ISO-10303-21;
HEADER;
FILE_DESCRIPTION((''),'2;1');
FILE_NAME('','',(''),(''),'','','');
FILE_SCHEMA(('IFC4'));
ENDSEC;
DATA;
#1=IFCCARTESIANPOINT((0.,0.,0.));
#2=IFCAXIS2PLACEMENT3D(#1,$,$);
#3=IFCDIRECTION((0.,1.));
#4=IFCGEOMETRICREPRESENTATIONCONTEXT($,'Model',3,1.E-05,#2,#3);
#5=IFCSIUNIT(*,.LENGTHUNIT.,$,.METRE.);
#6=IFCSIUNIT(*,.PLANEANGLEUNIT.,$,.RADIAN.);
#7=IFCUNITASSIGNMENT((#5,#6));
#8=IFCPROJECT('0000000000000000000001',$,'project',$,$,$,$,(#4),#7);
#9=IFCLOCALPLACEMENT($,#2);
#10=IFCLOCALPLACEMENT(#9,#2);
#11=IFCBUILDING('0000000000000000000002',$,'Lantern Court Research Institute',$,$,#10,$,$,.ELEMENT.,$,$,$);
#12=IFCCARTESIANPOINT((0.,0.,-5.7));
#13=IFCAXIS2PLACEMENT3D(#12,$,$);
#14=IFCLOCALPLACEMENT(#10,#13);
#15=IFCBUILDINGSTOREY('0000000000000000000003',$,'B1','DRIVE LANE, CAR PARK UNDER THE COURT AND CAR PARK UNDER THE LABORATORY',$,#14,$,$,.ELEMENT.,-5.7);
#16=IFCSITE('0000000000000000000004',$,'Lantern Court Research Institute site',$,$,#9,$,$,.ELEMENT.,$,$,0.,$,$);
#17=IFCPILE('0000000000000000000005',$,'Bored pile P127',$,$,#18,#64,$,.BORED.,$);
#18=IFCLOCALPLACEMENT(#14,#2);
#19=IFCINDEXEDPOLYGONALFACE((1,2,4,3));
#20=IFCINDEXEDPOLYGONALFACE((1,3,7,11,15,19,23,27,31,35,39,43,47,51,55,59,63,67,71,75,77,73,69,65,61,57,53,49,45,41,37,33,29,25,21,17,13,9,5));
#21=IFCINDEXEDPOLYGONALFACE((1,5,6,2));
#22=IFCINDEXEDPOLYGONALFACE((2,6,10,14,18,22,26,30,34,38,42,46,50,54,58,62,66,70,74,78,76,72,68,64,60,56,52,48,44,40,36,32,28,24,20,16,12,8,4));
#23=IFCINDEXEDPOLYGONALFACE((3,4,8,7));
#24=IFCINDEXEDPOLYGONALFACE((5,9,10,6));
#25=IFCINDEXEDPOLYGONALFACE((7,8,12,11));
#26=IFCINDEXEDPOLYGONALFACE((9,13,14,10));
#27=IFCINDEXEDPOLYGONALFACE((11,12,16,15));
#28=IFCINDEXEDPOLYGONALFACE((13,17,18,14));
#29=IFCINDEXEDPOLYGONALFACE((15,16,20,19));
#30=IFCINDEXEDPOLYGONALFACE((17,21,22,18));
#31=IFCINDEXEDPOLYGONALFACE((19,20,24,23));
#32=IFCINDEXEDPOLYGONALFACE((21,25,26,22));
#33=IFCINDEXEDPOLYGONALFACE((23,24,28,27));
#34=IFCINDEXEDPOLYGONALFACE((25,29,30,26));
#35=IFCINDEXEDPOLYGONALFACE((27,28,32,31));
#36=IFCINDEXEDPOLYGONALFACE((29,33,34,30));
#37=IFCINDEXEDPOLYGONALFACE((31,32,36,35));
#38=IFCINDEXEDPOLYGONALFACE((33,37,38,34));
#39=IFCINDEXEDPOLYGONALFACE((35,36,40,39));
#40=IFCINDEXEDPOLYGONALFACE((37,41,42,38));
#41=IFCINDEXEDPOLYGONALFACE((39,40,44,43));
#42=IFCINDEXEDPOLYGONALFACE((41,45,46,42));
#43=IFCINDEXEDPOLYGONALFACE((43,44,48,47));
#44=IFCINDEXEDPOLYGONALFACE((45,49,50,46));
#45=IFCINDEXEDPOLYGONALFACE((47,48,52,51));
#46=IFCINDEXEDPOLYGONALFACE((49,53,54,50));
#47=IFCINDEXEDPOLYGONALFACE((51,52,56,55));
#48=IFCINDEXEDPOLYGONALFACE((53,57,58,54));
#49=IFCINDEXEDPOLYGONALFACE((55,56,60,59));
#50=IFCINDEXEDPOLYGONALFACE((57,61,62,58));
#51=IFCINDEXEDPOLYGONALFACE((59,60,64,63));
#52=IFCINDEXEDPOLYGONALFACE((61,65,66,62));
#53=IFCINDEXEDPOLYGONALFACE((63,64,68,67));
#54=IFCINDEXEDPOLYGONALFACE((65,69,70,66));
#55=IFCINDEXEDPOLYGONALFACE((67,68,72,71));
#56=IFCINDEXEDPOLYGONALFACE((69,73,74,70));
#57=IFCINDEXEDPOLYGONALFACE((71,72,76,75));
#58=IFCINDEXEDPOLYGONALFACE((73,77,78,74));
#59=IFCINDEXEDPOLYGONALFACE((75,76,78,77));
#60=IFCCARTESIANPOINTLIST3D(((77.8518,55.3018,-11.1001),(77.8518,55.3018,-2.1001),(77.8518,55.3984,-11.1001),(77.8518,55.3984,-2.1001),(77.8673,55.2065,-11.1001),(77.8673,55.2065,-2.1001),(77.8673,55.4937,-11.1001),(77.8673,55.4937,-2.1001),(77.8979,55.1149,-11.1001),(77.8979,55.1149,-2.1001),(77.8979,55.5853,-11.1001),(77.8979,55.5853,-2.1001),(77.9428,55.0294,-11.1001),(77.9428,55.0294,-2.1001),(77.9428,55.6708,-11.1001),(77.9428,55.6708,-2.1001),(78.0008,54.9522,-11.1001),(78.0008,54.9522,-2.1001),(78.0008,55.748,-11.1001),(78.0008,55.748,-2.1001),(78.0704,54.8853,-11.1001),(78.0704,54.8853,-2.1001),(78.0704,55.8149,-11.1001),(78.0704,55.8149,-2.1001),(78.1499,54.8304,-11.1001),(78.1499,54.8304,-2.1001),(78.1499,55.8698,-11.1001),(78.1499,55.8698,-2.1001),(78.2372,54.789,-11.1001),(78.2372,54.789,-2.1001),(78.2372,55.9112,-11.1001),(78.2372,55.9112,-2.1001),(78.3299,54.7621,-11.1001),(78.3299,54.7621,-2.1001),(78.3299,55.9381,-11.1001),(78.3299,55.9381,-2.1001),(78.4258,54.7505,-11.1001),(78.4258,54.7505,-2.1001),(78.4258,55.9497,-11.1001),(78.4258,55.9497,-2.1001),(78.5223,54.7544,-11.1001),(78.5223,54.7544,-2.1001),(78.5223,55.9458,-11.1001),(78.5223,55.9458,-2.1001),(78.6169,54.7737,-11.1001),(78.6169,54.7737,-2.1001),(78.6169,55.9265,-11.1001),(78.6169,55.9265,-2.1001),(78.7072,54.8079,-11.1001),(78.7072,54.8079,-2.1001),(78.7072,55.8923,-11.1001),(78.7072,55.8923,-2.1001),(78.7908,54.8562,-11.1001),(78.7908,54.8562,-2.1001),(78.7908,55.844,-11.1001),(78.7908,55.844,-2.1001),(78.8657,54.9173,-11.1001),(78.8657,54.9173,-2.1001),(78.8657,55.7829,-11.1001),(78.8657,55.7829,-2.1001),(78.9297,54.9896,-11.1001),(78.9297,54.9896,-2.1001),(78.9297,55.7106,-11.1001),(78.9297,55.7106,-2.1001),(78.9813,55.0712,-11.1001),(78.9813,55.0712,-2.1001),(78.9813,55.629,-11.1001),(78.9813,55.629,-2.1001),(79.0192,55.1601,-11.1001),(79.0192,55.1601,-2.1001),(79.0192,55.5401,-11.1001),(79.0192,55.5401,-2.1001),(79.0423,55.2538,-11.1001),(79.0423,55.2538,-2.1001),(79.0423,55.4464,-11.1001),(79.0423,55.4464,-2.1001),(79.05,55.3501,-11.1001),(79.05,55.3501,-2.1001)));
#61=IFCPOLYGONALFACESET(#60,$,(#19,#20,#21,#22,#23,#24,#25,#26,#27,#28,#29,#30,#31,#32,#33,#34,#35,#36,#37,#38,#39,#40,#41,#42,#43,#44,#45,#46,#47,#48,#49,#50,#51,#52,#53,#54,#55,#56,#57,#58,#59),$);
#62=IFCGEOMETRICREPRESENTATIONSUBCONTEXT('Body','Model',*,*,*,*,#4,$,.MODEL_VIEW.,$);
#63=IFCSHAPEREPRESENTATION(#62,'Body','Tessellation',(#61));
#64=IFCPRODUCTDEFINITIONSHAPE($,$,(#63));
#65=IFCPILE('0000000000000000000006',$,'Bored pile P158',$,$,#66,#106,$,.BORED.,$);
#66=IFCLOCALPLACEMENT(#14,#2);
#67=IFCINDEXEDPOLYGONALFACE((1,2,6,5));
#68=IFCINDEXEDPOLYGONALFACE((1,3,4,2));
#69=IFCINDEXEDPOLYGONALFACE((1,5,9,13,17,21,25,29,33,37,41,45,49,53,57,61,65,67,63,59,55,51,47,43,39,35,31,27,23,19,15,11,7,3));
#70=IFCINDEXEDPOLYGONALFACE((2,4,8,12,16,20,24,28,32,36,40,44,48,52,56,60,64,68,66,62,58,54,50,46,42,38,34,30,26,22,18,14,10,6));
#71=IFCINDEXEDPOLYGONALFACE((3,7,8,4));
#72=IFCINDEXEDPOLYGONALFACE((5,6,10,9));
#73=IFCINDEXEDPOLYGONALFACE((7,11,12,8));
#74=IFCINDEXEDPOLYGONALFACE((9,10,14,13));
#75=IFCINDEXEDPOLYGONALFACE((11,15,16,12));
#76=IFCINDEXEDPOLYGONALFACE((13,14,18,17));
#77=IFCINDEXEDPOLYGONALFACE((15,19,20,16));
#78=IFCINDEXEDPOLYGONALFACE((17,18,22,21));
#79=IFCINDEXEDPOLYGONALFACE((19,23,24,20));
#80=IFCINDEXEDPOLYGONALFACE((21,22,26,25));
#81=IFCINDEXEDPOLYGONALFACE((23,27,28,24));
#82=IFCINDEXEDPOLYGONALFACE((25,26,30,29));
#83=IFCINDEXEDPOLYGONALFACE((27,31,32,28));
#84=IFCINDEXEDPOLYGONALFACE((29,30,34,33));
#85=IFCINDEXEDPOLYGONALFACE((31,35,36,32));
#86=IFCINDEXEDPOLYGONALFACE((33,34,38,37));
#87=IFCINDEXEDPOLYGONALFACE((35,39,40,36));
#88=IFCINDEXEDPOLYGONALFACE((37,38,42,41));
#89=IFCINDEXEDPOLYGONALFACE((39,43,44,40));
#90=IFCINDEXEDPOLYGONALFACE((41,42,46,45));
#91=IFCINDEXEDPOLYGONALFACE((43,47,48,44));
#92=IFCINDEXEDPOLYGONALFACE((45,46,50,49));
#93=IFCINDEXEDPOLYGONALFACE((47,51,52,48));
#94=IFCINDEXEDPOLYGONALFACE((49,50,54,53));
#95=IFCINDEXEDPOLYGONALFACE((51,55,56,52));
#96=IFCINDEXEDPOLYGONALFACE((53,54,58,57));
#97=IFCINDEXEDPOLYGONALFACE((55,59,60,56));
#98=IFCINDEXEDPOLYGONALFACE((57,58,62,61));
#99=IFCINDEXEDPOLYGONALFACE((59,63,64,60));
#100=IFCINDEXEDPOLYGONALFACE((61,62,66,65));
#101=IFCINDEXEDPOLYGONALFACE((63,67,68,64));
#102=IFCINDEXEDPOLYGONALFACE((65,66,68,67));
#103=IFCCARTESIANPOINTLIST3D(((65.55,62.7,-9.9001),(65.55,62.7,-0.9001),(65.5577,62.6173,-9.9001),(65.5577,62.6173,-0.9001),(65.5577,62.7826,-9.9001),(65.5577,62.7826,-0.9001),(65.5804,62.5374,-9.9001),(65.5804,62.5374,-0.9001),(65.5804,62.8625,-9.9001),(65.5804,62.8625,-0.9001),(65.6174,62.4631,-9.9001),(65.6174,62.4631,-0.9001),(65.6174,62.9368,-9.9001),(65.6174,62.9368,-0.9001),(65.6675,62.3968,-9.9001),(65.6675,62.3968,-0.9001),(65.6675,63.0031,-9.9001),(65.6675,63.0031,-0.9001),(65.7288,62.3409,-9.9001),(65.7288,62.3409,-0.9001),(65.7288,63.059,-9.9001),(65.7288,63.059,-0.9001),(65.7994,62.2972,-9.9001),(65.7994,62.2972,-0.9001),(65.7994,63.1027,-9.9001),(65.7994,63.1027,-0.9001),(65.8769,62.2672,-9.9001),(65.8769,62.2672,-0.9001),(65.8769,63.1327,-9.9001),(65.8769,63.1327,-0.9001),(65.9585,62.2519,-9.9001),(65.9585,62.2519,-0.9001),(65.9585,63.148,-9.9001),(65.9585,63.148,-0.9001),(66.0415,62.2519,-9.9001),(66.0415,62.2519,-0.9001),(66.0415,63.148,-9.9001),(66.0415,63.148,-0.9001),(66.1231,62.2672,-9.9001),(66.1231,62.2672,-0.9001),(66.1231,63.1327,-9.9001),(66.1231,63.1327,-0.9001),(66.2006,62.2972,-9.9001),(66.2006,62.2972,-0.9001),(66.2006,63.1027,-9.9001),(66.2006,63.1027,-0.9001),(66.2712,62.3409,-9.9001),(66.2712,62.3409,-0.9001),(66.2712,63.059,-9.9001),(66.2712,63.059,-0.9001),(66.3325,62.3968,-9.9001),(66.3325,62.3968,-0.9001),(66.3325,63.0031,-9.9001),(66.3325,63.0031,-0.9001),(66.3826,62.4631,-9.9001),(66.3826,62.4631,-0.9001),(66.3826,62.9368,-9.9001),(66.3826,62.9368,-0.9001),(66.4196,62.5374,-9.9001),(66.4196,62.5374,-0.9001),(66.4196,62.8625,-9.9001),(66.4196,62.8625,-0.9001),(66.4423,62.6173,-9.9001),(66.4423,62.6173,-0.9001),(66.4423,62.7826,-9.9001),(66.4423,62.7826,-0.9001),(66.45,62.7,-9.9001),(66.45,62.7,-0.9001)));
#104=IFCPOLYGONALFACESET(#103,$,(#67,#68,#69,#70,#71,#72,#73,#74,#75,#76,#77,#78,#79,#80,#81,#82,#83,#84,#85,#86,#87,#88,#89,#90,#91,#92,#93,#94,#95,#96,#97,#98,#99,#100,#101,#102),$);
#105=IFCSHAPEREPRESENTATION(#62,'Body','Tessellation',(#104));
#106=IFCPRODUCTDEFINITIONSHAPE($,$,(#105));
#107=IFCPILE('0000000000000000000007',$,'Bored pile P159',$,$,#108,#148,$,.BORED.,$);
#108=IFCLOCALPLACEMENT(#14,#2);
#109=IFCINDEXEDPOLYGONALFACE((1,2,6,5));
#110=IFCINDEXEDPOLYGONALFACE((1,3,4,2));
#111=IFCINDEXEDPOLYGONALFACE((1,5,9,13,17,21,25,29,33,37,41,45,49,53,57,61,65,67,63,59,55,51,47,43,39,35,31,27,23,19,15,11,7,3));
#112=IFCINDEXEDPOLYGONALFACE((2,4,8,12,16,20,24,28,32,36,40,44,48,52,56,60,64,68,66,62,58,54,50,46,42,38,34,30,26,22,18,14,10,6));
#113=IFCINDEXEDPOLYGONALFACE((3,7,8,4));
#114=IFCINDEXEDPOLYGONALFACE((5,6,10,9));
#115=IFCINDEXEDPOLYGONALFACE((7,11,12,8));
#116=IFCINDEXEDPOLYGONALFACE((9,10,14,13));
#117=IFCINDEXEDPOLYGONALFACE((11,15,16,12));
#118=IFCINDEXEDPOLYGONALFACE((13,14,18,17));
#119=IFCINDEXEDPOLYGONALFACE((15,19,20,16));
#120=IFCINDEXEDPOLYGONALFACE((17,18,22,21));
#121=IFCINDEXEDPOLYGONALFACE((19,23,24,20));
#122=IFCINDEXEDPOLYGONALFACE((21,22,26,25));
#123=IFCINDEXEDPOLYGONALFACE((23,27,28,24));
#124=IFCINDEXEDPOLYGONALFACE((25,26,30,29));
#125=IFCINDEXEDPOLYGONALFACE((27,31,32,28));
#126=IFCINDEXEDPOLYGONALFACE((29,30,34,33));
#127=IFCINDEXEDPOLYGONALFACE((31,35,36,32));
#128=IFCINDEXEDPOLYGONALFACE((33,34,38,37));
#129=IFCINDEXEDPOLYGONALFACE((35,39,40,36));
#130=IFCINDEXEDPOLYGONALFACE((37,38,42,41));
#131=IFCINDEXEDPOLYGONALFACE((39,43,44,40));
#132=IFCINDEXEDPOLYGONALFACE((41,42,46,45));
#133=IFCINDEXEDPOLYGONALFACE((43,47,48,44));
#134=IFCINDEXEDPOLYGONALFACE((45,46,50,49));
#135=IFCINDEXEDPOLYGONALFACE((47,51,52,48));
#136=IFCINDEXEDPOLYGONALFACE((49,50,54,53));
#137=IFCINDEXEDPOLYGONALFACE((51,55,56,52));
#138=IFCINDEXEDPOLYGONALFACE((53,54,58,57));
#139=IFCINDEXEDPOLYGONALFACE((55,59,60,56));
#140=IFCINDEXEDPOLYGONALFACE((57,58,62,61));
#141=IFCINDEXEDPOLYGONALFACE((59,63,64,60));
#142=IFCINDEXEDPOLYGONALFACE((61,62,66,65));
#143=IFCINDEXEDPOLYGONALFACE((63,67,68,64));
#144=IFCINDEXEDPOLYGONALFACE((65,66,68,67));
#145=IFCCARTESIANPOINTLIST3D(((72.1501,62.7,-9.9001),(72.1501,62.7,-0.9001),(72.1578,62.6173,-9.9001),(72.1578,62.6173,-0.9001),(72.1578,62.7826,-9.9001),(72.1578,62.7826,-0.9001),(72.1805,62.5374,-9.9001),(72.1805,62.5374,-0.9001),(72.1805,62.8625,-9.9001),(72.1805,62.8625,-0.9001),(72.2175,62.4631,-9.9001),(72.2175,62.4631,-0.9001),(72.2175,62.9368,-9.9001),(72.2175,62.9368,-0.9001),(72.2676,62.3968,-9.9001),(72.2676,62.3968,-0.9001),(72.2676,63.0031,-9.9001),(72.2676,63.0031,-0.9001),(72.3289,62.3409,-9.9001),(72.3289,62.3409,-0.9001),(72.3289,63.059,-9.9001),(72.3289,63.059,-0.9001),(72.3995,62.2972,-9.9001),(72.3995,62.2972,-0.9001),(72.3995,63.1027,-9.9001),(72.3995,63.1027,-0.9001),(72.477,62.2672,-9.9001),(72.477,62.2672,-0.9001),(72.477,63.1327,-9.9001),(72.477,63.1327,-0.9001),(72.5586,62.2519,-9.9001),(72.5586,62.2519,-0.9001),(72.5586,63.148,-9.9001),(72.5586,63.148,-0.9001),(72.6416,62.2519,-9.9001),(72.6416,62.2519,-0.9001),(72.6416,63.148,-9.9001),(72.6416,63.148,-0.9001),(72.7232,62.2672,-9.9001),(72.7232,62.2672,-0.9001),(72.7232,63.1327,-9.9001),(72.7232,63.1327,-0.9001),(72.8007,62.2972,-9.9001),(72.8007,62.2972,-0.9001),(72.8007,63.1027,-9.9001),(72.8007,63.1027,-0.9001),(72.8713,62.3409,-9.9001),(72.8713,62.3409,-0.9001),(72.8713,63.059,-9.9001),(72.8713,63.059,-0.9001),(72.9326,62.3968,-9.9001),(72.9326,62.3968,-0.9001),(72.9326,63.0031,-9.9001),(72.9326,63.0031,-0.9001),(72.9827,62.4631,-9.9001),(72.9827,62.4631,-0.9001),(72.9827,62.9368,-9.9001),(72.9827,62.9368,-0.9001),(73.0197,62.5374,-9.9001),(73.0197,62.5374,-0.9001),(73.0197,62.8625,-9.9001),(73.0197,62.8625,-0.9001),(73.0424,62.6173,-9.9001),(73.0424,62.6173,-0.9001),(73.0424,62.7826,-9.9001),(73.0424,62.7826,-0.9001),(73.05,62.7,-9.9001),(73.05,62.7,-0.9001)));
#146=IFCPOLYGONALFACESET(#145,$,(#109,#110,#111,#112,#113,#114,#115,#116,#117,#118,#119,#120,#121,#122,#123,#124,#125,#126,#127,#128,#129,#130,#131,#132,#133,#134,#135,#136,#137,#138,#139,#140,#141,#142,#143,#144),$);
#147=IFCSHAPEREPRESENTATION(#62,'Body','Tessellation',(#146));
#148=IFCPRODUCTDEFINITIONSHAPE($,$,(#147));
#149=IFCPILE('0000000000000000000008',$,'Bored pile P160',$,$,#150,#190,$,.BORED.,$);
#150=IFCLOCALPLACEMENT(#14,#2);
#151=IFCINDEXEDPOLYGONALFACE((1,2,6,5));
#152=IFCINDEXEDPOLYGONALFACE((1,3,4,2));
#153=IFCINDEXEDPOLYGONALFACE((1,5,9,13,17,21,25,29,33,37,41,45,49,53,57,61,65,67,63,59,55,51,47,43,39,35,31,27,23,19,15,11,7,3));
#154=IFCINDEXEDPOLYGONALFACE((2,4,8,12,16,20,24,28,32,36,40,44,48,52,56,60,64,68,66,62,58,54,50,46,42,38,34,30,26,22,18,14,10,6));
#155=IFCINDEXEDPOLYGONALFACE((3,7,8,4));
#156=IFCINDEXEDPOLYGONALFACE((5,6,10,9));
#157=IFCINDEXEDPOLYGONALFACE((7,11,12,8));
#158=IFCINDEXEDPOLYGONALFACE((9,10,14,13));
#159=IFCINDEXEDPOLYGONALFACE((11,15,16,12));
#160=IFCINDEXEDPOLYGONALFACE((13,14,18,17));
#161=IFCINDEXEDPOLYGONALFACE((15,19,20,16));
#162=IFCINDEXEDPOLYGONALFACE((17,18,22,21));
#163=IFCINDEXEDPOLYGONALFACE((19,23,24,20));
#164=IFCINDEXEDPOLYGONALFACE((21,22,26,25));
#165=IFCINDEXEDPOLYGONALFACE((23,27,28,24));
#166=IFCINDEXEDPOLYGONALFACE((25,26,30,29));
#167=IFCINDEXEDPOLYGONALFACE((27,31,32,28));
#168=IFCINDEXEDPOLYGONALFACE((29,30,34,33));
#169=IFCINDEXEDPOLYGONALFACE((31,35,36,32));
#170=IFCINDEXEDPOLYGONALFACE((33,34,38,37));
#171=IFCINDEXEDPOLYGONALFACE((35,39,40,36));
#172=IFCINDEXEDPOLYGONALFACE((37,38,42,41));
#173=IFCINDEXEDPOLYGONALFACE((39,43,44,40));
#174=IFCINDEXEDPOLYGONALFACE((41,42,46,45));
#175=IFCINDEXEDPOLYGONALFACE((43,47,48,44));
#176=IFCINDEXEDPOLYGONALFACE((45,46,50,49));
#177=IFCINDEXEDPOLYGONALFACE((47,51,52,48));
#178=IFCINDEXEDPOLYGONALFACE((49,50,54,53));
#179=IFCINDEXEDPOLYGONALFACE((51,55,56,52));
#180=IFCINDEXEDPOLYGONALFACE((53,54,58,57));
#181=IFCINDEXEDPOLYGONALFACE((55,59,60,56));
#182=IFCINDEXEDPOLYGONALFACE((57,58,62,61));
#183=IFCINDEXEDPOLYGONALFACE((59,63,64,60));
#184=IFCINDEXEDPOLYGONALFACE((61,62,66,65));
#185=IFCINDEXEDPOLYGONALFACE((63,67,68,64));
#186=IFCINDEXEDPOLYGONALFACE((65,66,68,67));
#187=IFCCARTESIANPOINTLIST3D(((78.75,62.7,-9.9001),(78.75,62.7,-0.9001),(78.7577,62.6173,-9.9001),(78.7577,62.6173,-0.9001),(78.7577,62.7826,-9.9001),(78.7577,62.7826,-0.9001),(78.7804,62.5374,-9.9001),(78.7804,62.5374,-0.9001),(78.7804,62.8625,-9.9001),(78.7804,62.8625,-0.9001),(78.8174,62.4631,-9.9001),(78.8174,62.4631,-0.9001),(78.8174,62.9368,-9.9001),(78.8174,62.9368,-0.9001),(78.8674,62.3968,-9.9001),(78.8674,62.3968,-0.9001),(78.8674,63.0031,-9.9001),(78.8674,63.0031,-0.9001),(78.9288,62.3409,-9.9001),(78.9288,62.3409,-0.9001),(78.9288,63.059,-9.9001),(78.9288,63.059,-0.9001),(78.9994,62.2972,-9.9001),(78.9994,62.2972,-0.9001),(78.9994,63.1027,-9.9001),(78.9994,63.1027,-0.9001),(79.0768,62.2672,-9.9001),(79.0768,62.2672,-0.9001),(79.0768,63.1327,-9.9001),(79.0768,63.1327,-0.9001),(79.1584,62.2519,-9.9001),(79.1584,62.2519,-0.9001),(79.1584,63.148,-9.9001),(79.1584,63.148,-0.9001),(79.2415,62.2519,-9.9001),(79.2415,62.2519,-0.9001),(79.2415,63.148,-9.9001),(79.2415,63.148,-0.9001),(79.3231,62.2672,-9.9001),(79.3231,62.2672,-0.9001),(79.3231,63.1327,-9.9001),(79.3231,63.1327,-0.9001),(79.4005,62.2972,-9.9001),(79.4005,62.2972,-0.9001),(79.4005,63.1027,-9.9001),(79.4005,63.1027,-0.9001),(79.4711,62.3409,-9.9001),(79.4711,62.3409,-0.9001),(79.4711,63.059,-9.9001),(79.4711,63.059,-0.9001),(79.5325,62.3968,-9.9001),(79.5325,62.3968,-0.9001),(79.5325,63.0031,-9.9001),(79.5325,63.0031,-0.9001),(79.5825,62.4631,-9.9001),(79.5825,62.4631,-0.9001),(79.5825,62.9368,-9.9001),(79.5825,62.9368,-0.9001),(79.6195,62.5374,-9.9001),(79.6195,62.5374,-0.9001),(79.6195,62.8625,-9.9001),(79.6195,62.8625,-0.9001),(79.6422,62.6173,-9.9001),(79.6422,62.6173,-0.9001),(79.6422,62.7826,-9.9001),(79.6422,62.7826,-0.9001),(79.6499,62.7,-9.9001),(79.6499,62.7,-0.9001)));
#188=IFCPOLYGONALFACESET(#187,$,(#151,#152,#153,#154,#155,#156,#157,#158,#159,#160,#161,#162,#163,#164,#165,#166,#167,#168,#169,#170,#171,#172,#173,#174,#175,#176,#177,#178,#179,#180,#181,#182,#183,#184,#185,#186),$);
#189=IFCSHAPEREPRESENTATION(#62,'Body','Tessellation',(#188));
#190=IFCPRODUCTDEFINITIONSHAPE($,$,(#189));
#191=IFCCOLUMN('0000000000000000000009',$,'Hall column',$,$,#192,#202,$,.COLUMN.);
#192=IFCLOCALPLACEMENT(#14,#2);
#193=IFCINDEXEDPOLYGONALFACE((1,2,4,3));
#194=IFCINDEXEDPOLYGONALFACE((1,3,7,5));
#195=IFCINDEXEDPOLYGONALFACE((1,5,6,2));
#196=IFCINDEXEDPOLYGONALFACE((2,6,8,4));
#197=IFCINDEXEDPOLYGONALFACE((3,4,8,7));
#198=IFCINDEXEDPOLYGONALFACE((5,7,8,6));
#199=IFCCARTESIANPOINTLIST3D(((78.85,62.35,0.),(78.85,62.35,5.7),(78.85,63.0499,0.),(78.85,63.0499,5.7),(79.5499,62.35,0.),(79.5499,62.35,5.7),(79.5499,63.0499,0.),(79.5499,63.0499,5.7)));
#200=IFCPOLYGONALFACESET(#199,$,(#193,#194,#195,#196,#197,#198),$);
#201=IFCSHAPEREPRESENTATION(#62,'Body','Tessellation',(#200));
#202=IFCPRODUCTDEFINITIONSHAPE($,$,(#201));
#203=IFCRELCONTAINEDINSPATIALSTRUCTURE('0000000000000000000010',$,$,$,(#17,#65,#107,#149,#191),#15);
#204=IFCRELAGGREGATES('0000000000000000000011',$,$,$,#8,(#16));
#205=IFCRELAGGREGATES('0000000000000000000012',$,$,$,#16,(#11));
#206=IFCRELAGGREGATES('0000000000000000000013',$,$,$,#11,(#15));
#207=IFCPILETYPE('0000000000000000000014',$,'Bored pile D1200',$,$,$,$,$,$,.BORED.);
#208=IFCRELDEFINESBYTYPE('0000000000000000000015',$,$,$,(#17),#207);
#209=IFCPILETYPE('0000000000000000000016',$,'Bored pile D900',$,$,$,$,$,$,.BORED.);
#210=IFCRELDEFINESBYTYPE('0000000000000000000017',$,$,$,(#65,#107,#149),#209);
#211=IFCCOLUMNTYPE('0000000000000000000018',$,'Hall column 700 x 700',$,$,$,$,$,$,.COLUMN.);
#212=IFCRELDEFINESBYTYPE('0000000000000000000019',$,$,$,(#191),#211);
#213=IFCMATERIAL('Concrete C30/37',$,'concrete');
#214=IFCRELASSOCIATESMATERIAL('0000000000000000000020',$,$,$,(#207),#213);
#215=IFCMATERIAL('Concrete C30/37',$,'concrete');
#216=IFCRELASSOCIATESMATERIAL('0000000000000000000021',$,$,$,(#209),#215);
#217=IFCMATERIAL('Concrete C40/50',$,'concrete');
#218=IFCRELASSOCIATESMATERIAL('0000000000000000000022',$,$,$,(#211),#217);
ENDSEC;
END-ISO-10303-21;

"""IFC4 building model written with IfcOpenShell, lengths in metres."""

from ifc_helpers import new_model, si_unit, direction, frame, origin, origin_2d, place, context, subcontext, project, spatial, rectangle, circle, extrude, material, material_profile, profile_set, type_object, element, save


model = new_model("IFC4")

# Units and contexts
model_context = context("Model", 3, precision=1e-05, world=origin(), true_north=direction((0.0, 1.0)))
body_context = subcontext(model_context, "Body", "Model", "MODEL_VIEW")
ifc_project = project(units=[si_unit("LENGTHUNIT", "METRE"), si_unit("PLANEANGLEUNIT", "RADIAN")], contexts=[model_context])

# Site, building, storey
site_placement = place(None, origin())
site = spatial("IfcSite", under=ifc_project, at=site_placement, Name="Lantern Court Research Institute site", CompositionType="ELEMENT", RefElevation=0.0)
building_placement = place(site_placement, origin())
building = spatial("IfcBuilding", under=site, at=building_placement, Name="Lantern Court Research Institute", CompositionType="ELEMENT")
storey_placement = place(building_placement, frame((0.0, 0.0, -5.7)))
storey = spatial("IfcBuildingStorey", under=building, at=storey_placement, Name="B1", Description="DRIVE LANE, CAR PARK UNDER THE COURT AND CAR PARK UNDER THE LABORATORY", CompositionType="ELEMENT", Elevation=-5.7)

# Piles
ifc_material_1 = material(Name="Concrete C30/37", Category="concrete")
ifc_material_profile_1 = material_profile(ifc_material_1, circle(Radius=0.6001, at=origin_2d()), Name="Bored pile D1200")
ifc_profile_set_1 = profile_set([ifc_material_profile_1], Name="Concrete C30/37")
pile_type_1 = type_object("IfcPileType", Name="Bored pile D1200", PredefinedType="BORED", material=ifc_profile_set_1)
for number, where, z_axis, x_axis, name in (
    (1, (78.45, 55.3501, -2.1001), (0.0, 0.0, -1.0), (1.0, 0.0, 0.0), "Bored pile P127"),
):
    element("IfcPile", number, at=place(storey_placement, frame(where, z_axis=z_axis, x_axis=x_axis)), inside=storey, type_object=pile_type_1, Name=name, PredefinedType="BORED", context=body_context, shape_type="SweptSolid", body=[
        extrude(circle(Radius=0.6001, at=origin_2d()), origin(), (0.0, 0.0, 1.0), 9.0),
    ])
ifc_material_2 = material(Name="Concrete C30/37", Category="concrete")
ifc_material_profile_2 = material_profile(ifc_material_2, circle(Radius=0.45, at=origin_2d()), Name="Bored pile D900")
ifc_profile_set_2 = profile_set([ifc_material_profile_2], Name="Concrete C30/37")
pile_type_2 = type_object("IfcPileType", Name="Bored pile D900", PredefinedType="BORED", material=ifc_profile_set_2)
for number, where, z_axis, x_axis, name in (
    (2, (66.0, 62.7, -0.9001), (0.0, 0.0, -1.0), (1.0, 0.0, 0.0), "Bored pile P158"),
    (3, (72.6001, 62.7, -0.9001), (0.0, 0.0, -1.0), (1.0, 0.0, 0.0), "Bored pile P159"),
    (4, (79.2, 62.7, -0.9001), (0.0, 0.0, -1.0), (1.0, 0.0, 0.0), "Bored pile P160"),
):
    element("IfcPile", number, at=place(storey_placement, frame(where, z_axis=z_axis, x_axis=x_axis)), inside=storey, type_object=pile_type_2, Name=name, PredefinedType="BORED", context=body_context, shape_type="SweptSolid", body=[
        extrude(circle(Radius=0.45, at=origin_2d()), origin(), (0.0, 0.0, 1.0), 9.0),
    ])

# Column
ifc_material_3 = material(Name="Concrete C40/50", Category="concrete")
ifc_material_profile_3 = material_profile(ifc_material_3, rectangle(XDim=0.7, YDim=0.7, at=origin_2d()), Name="Hall column 700 x 700")
ifc_profile_set_3 = profile_set([ifc_material_profile_3], Name="Concrete C40/50")
column_type = type_object("IfcColumnType", Name="Hall column 700 x 700", PredefinedType="COLUMN", material=ifc_profile_set_3)
for number, where, z_axis, x_axis, name in (
    (5, (79.2, 62.7, 0.0), (0.0, 0.0, 1.0), (1.0, 0.0, 0.0), "Hall column"),
):
    element("IfcColumn", number, at=place(storey_placement, frame(where, z_axis=z_axis, x_axis=x_axis)), inside=storey, type_object=column_type, Name=name, PredefinedType="COLUMN", context=body_context, shape_type="SweptSolid", body=[
        extrude(rectangle(XDim=0.7, YDim=0.7, at=origin_2d()), origin(), (0.0, 0.0, 1.0), 5.7),
    ])

save(model, "model.ifc")
